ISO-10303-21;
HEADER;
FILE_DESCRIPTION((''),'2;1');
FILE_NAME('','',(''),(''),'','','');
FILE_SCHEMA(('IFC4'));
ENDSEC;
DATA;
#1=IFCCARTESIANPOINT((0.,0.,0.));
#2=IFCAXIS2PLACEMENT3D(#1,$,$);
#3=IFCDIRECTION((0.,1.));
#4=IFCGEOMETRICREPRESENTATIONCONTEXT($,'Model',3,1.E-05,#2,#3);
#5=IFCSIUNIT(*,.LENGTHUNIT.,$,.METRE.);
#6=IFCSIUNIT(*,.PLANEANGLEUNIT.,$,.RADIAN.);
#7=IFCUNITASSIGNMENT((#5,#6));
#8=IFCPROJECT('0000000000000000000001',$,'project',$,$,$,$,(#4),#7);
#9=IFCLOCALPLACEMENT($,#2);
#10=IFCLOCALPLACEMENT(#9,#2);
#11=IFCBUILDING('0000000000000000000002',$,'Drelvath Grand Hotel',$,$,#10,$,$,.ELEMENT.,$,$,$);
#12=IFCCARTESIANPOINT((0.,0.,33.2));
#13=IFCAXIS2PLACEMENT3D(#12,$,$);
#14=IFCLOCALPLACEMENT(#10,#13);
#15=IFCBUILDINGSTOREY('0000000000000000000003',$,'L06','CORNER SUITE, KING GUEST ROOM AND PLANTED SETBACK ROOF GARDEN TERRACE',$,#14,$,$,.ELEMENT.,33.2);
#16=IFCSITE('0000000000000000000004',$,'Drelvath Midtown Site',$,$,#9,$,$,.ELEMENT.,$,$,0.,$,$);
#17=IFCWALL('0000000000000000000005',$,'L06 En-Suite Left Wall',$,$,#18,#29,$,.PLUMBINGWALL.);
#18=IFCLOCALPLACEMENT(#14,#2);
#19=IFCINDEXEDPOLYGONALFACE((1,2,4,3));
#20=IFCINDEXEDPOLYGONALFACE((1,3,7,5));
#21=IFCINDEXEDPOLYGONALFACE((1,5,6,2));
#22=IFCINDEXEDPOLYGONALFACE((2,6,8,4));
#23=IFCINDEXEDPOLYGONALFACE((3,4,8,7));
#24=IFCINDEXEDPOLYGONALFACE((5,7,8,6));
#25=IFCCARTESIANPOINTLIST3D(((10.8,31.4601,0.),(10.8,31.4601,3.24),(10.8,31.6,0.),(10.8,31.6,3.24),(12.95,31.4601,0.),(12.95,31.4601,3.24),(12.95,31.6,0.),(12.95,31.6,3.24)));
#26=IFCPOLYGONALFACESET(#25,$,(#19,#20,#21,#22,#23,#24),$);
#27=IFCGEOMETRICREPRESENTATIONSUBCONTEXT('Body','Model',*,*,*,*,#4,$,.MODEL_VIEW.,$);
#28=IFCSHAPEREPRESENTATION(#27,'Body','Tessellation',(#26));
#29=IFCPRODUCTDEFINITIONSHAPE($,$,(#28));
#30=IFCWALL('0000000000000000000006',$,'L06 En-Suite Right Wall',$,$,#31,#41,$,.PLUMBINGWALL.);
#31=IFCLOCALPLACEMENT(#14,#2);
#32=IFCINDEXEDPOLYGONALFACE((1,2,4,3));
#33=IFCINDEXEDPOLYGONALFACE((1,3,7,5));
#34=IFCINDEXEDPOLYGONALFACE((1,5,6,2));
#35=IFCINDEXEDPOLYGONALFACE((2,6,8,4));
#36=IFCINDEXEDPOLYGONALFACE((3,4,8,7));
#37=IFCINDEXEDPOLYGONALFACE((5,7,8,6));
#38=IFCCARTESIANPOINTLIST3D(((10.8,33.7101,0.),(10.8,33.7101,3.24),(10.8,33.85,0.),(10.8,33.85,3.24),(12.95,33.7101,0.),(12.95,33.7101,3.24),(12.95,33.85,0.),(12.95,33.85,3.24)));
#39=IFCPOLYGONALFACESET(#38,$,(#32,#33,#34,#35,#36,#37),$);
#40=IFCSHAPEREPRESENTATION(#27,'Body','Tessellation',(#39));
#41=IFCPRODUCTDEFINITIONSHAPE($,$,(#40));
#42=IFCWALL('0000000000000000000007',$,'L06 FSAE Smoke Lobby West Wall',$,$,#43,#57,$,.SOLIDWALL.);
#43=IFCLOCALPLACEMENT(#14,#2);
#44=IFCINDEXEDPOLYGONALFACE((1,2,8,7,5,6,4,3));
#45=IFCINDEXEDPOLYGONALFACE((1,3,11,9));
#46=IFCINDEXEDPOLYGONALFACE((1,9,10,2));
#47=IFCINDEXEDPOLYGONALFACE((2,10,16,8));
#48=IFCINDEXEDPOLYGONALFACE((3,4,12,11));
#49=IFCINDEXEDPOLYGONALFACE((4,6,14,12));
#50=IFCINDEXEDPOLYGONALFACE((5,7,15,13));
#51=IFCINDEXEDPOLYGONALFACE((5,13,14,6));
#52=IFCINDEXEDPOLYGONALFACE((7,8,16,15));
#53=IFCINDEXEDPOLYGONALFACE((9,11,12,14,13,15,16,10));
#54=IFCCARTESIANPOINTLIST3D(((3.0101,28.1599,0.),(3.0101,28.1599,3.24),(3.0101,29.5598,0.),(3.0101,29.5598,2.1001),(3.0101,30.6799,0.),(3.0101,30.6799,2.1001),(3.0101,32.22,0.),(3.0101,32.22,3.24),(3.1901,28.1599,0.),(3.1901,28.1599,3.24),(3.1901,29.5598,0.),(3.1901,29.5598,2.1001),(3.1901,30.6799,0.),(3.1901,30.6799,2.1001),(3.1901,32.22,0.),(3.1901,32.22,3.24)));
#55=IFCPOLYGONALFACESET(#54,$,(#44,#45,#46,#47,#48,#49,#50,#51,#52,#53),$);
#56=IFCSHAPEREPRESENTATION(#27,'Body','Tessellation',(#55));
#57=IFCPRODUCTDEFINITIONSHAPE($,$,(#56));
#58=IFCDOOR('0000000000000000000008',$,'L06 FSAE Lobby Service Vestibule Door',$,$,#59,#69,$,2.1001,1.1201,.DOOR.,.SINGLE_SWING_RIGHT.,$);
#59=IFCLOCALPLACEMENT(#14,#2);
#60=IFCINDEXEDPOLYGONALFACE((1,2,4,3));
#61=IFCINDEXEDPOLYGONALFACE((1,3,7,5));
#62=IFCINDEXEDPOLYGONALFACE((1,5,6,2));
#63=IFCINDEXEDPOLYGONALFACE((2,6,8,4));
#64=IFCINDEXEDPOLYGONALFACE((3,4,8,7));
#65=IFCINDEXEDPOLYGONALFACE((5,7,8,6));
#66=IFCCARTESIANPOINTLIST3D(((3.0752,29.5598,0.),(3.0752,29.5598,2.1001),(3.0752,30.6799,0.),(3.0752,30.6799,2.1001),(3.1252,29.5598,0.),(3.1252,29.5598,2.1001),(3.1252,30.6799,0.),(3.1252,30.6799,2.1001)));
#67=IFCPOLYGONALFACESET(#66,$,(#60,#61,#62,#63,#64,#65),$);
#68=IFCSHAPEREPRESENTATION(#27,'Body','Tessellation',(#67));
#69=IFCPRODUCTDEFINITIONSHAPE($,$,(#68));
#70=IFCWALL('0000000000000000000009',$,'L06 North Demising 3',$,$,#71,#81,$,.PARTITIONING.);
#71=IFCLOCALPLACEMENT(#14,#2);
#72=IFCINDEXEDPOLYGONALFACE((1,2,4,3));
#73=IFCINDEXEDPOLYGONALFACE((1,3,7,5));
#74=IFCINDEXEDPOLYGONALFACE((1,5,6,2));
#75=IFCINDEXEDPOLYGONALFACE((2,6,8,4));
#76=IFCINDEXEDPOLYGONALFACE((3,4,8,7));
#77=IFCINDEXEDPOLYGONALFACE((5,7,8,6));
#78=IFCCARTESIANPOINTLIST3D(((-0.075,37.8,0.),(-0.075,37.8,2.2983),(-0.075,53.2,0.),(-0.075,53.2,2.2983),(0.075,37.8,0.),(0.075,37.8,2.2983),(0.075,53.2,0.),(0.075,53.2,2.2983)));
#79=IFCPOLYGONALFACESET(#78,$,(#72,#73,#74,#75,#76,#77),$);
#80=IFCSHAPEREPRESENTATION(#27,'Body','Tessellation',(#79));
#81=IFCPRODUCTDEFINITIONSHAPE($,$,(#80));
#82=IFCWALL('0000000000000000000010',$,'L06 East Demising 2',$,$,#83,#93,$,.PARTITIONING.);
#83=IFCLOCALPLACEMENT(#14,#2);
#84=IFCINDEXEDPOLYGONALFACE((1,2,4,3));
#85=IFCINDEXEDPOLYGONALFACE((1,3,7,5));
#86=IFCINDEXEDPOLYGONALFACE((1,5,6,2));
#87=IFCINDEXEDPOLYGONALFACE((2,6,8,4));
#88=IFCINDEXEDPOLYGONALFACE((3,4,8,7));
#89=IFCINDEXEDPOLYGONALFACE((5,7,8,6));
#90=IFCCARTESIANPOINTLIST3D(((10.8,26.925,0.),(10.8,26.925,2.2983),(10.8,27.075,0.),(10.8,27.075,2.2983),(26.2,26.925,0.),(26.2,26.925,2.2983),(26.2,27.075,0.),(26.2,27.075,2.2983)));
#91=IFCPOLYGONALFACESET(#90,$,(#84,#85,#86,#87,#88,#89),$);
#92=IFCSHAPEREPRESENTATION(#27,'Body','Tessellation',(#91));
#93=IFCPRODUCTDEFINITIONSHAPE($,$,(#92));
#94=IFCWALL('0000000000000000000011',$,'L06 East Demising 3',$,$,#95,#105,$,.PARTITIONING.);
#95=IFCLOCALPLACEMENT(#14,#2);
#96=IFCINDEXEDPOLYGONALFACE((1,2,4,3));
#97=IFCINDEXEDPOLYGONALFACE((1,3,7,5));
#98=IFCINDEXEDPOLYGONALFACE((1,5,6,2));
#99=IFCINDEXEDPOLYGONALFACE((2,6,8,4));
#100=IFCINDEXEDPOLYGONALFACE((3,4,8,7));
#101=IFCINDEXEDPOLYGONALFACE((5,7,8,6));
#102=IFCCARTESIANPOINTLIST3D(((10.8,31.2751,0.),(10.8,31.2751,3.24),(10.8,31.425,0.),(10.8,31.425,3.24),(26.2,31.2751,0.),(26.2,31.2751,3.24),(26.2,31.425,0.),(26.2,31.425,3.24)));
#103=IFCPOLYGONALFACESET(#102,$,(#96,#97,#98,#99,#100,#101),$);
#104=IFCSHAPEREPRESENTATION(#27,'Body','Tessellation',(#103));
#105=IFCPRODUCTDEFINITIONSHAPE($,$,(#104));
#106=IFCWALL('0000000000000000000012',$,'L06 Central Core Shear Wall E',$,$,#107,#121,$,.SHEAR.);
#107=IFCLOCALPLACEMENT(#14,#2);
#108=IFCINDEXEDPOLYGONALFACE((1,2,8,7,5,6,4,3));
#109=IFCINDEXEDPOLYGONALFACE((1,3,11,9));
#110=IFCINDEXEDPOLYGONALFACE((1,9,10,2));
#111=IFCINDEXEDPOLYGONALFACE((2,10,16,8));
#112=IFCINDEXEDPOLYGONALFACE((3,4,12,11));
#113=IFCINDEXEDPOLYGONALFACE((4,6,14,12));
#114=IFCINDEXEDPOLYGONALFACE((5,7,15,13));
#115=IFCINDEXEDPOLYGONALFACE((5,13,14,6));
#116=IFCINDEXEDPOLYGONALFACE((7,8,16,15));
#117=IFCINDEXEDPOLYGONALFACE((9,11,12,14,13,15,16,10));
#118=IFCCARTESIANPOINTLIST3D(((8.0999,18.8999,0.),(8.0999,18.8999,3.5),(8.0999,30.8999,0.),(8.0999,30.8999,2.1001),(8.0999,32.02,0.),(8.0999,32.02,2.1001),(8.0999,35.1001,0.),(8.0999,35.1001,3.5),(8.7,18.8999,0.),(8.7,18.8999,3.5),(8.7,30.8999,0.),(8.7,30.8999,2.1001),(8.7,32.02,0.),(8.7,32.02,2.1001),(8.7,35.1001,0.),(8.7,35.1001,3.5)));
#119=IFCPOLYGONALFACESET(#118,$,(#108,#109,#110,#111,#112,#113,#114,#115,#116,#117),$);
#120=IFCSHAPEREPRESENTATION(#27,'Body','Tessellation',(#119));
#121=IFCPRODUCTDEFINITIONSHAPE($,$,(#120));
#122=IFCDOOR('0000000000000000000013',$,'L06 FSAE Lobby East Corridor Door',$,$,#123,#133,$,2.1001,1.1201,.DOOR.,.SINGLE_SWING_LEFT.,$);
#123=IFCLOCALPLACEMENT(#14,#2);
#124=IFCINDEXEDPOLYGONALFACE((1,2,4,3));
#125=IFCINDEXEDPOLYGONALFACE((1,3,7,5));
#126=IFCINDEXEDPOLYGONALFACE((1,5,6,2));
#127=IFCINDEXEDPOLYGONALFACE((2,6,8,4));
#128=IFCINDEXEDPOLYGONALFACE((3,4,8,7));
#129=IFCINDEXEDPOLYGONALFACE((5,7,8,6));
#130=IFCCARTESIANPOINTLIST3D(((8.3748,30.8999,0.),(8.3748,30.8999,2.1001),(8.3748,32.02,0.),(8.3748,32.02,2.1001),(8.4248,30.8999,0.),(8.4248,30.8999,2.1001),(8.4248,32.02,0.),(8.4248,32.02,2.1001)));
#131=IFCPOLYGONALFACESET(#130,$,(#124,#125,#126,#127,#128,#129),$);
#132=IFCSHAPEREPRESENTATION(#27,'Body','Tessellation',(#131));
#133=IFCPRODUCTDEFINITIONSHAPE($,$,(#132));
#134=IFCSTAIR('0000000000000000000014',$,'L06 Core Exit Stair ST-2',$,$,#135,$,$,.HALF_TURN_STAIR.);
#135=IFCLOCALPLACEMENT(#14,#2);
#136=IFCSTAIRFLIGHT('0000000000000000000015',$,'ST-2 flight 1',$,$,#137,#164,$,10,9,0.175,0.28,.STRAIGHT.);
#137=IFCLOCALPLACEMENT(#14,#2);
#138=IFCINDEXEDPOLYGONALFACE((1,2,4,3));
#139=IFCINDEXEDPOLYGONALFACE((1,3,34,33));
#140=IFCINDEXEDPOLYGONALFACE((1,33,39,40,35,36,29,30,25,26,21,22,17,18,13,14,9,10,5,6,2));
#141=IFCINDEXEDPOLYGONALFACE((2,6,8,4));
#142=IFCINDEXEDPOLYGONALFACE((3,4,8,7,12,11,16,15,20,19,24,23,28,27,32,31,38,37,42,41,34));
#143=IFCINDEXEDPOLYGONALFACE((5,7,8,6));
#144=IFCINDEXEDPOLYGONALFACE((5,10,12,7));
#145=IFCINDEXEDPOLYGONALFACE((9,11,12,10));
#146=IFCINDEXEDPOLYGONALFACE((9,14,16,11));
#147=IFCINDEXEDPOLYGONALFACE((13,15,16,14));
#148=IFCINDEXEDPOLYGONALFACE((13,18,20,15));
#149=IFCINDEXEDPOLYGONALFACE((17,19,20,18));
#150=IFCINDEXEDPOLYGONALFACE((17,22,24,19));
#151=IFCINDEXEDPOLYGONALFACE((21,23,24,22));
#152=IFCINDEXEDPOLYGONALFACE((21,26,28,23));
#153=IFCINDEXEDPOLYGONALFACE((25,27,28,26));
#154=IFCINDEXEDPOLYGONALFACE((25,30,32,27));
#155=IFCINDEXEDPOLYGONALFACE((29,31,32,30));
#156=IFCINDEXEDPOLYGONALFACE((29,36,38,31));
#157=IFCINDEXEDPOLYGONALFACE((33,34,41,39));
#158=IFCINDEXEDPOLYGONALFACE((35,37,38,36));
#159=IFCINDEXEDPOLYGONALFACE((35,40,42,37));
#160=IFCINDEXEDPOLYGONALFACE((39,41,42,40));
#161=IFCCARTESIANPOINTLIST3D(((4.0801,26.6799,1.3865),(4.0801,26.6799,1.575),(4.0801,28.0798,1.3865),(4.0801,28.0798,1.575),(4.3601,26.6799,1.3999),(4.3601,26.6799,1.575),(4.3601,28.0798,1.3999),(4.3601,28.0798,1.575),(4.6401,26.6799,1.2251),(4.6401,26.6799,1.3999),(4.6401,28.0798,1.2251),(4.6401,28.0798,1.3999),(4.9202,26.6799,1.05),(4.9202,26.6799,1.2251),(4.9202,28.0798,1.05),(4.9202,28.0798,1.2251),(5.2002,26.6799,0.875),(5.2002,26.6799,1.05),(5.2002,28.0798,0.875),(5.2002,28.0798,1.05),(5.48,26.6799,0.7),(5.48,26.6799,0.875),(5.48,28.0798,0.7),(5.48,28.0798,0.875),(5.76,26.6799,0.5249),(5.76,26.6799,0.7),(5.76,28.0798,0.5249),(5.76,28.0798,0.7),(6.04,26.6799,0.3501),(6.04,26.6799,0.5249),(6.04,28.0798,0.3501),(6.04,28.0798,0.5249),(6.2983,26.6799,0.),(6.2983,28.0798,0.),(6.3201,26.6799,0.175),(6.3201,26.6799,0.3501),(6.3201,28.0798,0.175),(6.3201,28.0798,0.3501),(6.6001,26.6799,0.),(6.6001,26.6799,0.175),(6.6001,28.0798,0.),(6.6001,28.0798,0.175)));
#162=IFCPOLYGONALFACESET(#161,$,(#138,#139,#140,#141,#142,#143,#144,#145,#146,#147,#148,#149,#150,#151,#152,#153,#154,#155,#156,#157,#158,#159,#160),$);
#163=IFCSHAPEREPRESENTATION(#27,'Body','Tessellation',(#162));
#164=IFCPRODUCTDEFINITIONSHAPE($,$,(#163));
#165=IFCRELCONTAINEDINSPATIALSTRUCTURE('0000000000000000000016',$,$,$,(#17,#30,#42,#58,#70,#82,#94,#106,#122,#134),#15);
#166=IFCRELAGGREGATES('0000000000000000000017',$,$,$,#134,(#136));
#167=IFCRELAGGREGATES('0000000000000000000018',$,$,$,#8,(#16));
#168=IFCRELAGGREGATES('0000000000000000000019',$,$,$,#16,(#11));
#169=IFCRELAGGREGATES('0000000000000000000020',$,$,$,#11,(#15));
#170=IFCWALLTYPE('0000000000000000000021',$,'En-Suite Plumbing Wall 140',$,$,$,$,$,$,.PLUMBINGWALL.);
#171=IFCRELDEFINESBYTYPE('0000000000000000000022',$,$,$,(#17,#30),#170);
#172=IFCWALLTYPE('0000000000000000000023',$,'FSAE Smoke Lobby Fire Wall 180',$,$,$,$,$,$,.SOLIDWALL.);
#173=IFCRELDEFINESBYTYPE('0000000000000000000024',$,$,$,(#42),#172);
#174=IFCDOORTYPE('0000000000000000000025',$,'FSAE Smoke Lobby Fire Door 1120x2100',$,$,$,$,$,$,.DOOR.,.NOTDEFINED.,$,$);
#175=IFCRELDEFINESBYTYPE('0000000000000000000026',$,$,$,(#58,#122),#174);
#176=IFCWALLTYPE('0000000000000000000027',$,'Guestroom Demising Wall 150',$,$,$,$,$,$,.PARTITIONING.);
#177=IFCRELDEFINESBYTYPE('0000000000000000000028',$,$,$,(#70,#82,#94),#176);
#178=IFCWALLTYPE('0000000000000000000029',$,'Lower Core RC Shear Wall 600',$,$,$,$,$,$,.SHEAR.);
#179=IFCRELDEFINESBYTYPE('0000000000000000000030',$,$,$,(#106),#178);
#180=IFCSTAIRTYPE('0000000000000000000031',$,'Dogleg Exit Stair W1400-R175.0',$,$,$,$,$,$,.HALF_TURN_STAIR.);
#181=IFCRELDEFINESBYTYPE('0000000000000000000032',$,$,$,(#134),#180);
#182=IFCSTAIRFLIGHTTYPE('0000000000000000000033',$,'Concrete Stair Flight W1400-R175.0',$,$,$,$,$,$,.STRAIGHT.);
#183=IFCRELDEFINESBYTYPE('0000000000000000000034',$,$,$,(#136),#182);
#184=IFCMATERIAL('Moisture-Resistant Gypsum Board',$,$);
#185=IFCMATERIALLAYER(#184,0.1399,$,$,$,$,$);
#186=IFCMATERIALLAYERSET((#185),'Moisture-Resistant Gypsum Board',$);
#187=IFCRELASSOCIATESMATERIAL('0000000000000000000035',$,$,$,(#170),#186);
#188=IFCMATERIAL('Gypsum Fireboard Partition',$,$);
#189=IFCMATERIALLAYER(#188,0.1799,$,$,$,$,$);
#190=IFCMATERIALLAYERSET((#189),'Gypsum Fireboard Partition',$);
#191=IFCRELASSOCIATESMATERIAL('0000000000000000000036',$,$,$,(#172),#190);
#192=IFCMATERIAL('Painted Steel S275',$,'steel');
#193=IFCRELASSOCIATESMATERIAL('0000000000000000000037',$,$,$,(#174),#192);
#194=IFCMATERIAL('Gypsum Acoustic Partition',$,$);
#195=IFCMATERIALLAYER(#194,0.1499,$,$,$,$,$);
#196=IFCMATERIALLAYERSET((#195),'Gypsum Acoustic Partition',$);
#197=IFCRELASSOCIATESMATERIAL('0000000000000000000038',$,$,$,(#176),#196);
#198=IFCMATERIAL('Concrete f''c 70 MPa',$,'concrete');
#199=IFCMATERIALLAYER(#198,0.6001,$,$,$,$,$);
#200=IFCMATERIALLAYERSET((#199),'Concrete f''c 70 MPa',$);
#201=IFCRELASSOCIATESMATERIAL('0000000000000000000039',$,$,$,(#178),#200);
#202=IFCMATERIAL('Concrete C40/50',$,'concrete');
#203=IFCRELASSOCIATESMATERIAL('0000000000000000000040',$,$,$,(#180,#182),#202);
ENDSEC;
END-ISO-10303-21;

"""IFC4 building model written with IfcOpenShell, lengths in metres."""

from ifc_helpers import new_model, si_unit, direction, frame, frame_2d, origin, place, context, subcontext, project, spatial, polyline, rectangle, outline, extrude, material, layer, layer_set, type_object, element, fill, aggregate, save


model = new_model("IFC4")

# Units and contexts
model_context = context("Model", 3, precision=1e-05, world=origin(), true_north=direction((0.0, 1.0)))
body_context = subcontext(model_context, "Body", "Model", "MODEL_VIEW")
ifc_project = project(units=[si_unit("LENGTHUNIT", "METRE"), si_unit("PLANEANGLEUNIT", "RADIAN")], contexts=[model_context])

# Site, building, storey
site_placement = place(None, origin())
site = spatial("IfcSite", under=ifc_project, at=site_placement, Name="Drelvath Midtown Site", CompositionType="ELEMENT", RefElevation=0.0)
building_placement = place(site_placement, origin())
building = spatial("IfcBuilding", under=site, at=building_placement, Name="Drelvath Grand Hotel", CompositionType="ELEMENT")
storey_placement = place(building_placement, frame((0.0, 0.0, 33.2)))
storey = spatial("IfcBuildingStorey", under=building, at=storey_placement, Name="L06", Description="CORNER SUITE, KING GUEST ROOM AND PLANTED SETBACK ROOF GARDEN TERRACE", CompositionType="ELEMENT", Elevation=33.2)

# Shared definitions
ifc_material_1 = material(Name="Concrete f'c 70 MPa", Category="concrete")

# Shared definitions
ifc_material_2 = material(Name="Concrete C40/50", Category="concrete")

# Shared definitions
ifc_material_3 = material(Name="Painted Steel S275", Category="steel")

# Walls
ifc_material_4 = material(Name="Gypsum Fireboard Partition")
ifc_material_5 = material(Name="Moisture-Resistant Gypsum Board")
ifc_layer_1 = layer(ifc_material_5, 0.1399)
ifc_layer_set_1 = layer_set([ifc_layer_1], Name="Moisture-Resistant Gypsum Board")
wall_type_1 = type_object("IfcWallType", Name="En-Suite Plumbing Wall 140", PredefinedType="PLUMBINGWALL", material=ifc_layer_set_1)
for number, where, z_axis, x_axis, name in (
    (1, (10.8, 31.53, 0.0), (0.0, 0.0, 1.0), (1.0, 0.0, 0.0), "L06 En-Suite Left Wall"),
    (2, (10.8, 33.78, 0.0), (0.0, 0.0, 1.0), (1.0, 0.0, 0.0), "L06 En-Suite Right Wall"),
):
    element("IfcWall", number, at=place(storey_placement, frame(where, z_axis=z_axis, x_axis=x_axis)), inside=storey, type_object=wall_type_1, Name=name, PredefinedType="PLUMBINGWALL", context=body_context, shape_type="SweptSolid", body=[
        extrude(rectangle(XDim=2.1499, YDim=0.1399, at=frame_2d((1.075, 0.0))), origin(), (0.0, 0.0, 1.0), 3.24),
    ])

# Wall, opening, door
ifc_layer_2 = layer(ifc_material_4, 0.1799)
ifc_layer_set_2 = layer_set([ifc_layer_2], Name="Gypsum Fireboard Partition")
wall_type_2 = type_object("IfcWallType", Name="FSAE Smoke Lobby Fire Wall 180", PredefinedType="SOLIDWALL", material=ifc_layer_set_2)
wall_1_placement = place(storey_placement, frame((3.1001, 28.1599, 0.0), z_axis=(0.0, 0.0, 1.0), x_axis=(0.0, 1.0, 0.0)))
wall_1 = element("IfcWall", 3, at=wall_1_placement, inside=storey, type_object=wall_type_2, Name="L06 FSAE Smoke Lobby West Wall", PredefinedType="SOLIDWALL", context=body_context, shape_type="SweptSolid", body=[
    extrude(rectangle(XDim=4.0601, YDim=0.1799, at=frame_2d((2.03, 0.0))), origin(), (0.0, 0.0, 1.0), 3.24),
])
opening_1_placement = place(wall_1_placement, frame((1.3999, 0.0, 0.0)))
opening_1 = element("IfcOpeningElement", 4, at=opening_1_placement, cuts=wall_1, PredefinedType="OPENING", context=body_context, shape_type="SweptSolid", body=[
    extrude(rectangle(XDim=1.1201, YDim=2.1001, at=frame_2d((0.5601, 1.05))), frame((0.0, 0.0999, 0.0), z_axis=(0.0, -1.0, 0.0), x_axis=(1.0, 0.0, 0.0)), (0.0, 0.0, 1.0), 0.2),
])
door_type_1 = type_object("IfcDoorType", Name="FSAE Smoke Lobby Fire Door 1120x2100", OperationType="NOTDEFINED", PredefinedType="DOOR", material=ifc_material_3)
door_1_placement = place(opening_1_placement, origin())
door_1 = element("IfcDoor", 5, at=door_1_placement, inside=storey, type_object=door_type_1, Name="L06 FSAE Lobby Service Vestibule Door", OperationType="SINGLE_SWING_RIGHT", OverallHeight=2.1001, OverallWidth=1.1201, PredefinedType="DOOR", context=body_context, shape_type="SweptSolid", body=[
    extrude(rectangle(XDim=1.1201, YDim=2.1001, at=frame_2d((0.5601, 1.05))), frame((0.0, 0.0249, 0.0), z_axis=(0.0, -1.0, 0.0), x_axis=(1.0, 0.0, 0.0)), (0.0, 0.0, 1.0), 0.05),
])
fill(opening_1, door_1)

# Walls
ifc_material_6 = material(Name="Gypsum Acoustic Partition")
ifc_layer_3 = layer(ifc_material_6, 0.1499)
ifc_layer_set_3 = layer_set([ifc_layer_3], Name="Gypsum Acoustic Partition")
wall_type_3 = type_object("IfcWallType", Name="Guestroom Demising Wall 150", PredefinedType="PARTITIONING", material=ifc_layer_set_3)
for number, where, z_axis, x_axis, name in (
    (6, (0.0, 37.8, 0.0), (0.0, 0.0, 1.0), (0.0, 1.0, 0.0), "L06 North Demising 3"),
    (7, (10.8, 27.0, 0.0), (0.0, 0.0, 1.0), (1.0, 0.0, 0.0), "L06 East Demising 2"),
):
    element("IfcWall", number, at=place(storey_placement, frame(where, z_axis=z_axis, x_axis=x_axis)), inside=storey, type_object=wall_type_3, Name=name, PredefinedType="PARTITIONING", context=body_context, shape_type="SweptSolid", body=[
        extrude(rectangle(XDim=15.3999, YDim=0.1499, at=frame_2d((7.7, 0.0))), origin(), (0.0, 0.0, 1.0), 2.2983),
    ])
wall_2_placement = place(storey_placement, frame((10.8, 31.3501, 0.0), z_axis=(0.0, 0.0, 1.0), x_axis=(1.0, 0.0, 0.0)))
element("IfcWall", 8, at=wall_2_placement, inside=storey, type_object=wall_type_3, Name="L06 East Demising 3", PredefinedType="PARTITIONING", context=body_context, shape_type="SweptSolid", body=[
    extrude(rectangle(XDim=15.3999, YDim=0.1499, at=frame_2d((7.7, 0.0))), origin(), (0.0, 0.0, 1.0), 3.24),
])

# Wall, opening, door
ifc_layer_4 = layer(ifc_material_1, 0.6001)
ifc_layer_set_4 = layer_set([ifc_layer_4], Name="Concrete f'c 70 MPa")
wall_type_4 = type_object("IfcWallType", Name="Lower Core RC Shear Wall 600", PredefinedType="SHEAR", material=ifc_layer_set_4)
wall_3_placement = place(storey_placement, frame((8.3999, 35.1001, 0.0), z_axis=(0.0, 0.0, 1.0), x_axis=(0.0, -1.0, 0.0)))
wall_3 = element("IfcWall", 9, at=wall_3_placement, inside=storey, type_object=wall_type_4, Name="L06 Central Core Shear Wall E", PredefinedType="SHEAR", context=body_context, shape_type="SweptSolid", body=[
    extrude(rectangle(XDim=16.2002, YDim=0.6001, at=frame_2d((8.1001, 0.0))), origin(), (0.0, 0.0, 1.0), 3.5),
])
opening_2_placement = place(wall_3_placement, frame((3.0801, 0.0, 0.0)))
opening_2 = element("IfcOpeningElement", 10, at=opening_2_placement, cuts=wall_3, PredefinedType="OPENING", context=body_context, shape_type="SweptSolid", body=[
    extrude(rectangle(XDim=1.1201, YDim=2.1001, at=frame_2d((0.5601, 1.05))), frame((0.0, 0.3101, 0.0), z_axis=(0.0, -1.0, 0.0), x_axis=(1.0, 0.0, 0.0)), (0.0, 0.0, 1.0), 0.6201),
])
door_2_placement = place(opening_2_placement, origin())
door_2 = element("IfcDoor", 11, at=door_2_placement, inside=storey, type_object=door_type_1, Name="L06 FSAE Lobby East Corridor Door", OperationType="SINGLE_SWING_LEFT", OverallHeight=2.1001, OverallWidth=1.1201, PredefinedType="DOOR", context=body_context, shape_type="SweptSolid", body=[
    extrude(rectangle(XDim=1.1201, YDim=2.1001, at=frame_2d((0.5601, 1.05))), frame((0.0, 0.0249, 0.0), z_axis=(0.0, -1.0, 0.0), x_axis=(1.0, 0.0, 0.0)), (0.0, 0.0, 1.0), 0.05),
])
fill(opening_2, door_2)

# Stair, stair flight
stair_type = type_object("IfcStairType", Name="Dogleg Exit Stair W1400-R175.0", PredefinedType="HALF_TURN_STAIR", material=ifc_material_2)
stair_placement = place(storey_placement, origin())
stair = element("IfcStair", 12, at=stair_placement, inside=storey, type_object=stair_type, Name="L06 Core Exit Stair ST-2", PredefinedType="HALF_TURN_STAIR")
stair_flight_type = type_object("IfcStairFlightType", Name="Concrete Stair Flight W1400-R175.0", PredefinedType="STRAIGHT", material=ifc_material_2)
stair_flight_placement = place(storey_placement, frame((6.6001, 27.3799, 0.0), z_axis=(0.0, 0.0, 1.0), x_axis=(-1.0, 0.0, 0.0)))
stair_flight = element("IfcStairFlight", 13, at=stair_flight_placement, type_object=stair_flight_type, Name="ST-2 flight 1", NumberOfRisers=10, NumberOfTreads=9, PredefinedType="STRAIGHT", RiserHeight=0.175, TreadLength=0.28, context=body_context, shape_type="SweptSolid", body=[
    extrude(outline(polyline([(0.0, 0.0), (0.0, 0.175), (0.28, 0.175), (0.28, 0.3501), (0.5601, 0.3501), (0.5601, 0.5249), (0.8401, 0.5249), (0.8401, 0.7), (1.1201, 0.7), (1.1201, 0.875), (1.3999, 0.875), (1.3999, 1.05), (1.6799, 1.05), (1.6799, 1.2251), (1.96, 1.2251), (1.96, 1.3999), (2.24, 1.3999), (2.24, 1.575), (2.52, 1.575), (2.52, 1.75), (2.52, 1.3865), (0.3018, 0.0), (0.0, 0.0)])), frame((0.0, 0.7, 0.0), z_axis=(0.0, -1.0, 0.0), x_axis=(1.0, 0.0, 0.0)), (0.0, 0.0, 1.0), 1.3999),
])
aggregate(stair, [stair_flight])

save(model, "model.ifc")
